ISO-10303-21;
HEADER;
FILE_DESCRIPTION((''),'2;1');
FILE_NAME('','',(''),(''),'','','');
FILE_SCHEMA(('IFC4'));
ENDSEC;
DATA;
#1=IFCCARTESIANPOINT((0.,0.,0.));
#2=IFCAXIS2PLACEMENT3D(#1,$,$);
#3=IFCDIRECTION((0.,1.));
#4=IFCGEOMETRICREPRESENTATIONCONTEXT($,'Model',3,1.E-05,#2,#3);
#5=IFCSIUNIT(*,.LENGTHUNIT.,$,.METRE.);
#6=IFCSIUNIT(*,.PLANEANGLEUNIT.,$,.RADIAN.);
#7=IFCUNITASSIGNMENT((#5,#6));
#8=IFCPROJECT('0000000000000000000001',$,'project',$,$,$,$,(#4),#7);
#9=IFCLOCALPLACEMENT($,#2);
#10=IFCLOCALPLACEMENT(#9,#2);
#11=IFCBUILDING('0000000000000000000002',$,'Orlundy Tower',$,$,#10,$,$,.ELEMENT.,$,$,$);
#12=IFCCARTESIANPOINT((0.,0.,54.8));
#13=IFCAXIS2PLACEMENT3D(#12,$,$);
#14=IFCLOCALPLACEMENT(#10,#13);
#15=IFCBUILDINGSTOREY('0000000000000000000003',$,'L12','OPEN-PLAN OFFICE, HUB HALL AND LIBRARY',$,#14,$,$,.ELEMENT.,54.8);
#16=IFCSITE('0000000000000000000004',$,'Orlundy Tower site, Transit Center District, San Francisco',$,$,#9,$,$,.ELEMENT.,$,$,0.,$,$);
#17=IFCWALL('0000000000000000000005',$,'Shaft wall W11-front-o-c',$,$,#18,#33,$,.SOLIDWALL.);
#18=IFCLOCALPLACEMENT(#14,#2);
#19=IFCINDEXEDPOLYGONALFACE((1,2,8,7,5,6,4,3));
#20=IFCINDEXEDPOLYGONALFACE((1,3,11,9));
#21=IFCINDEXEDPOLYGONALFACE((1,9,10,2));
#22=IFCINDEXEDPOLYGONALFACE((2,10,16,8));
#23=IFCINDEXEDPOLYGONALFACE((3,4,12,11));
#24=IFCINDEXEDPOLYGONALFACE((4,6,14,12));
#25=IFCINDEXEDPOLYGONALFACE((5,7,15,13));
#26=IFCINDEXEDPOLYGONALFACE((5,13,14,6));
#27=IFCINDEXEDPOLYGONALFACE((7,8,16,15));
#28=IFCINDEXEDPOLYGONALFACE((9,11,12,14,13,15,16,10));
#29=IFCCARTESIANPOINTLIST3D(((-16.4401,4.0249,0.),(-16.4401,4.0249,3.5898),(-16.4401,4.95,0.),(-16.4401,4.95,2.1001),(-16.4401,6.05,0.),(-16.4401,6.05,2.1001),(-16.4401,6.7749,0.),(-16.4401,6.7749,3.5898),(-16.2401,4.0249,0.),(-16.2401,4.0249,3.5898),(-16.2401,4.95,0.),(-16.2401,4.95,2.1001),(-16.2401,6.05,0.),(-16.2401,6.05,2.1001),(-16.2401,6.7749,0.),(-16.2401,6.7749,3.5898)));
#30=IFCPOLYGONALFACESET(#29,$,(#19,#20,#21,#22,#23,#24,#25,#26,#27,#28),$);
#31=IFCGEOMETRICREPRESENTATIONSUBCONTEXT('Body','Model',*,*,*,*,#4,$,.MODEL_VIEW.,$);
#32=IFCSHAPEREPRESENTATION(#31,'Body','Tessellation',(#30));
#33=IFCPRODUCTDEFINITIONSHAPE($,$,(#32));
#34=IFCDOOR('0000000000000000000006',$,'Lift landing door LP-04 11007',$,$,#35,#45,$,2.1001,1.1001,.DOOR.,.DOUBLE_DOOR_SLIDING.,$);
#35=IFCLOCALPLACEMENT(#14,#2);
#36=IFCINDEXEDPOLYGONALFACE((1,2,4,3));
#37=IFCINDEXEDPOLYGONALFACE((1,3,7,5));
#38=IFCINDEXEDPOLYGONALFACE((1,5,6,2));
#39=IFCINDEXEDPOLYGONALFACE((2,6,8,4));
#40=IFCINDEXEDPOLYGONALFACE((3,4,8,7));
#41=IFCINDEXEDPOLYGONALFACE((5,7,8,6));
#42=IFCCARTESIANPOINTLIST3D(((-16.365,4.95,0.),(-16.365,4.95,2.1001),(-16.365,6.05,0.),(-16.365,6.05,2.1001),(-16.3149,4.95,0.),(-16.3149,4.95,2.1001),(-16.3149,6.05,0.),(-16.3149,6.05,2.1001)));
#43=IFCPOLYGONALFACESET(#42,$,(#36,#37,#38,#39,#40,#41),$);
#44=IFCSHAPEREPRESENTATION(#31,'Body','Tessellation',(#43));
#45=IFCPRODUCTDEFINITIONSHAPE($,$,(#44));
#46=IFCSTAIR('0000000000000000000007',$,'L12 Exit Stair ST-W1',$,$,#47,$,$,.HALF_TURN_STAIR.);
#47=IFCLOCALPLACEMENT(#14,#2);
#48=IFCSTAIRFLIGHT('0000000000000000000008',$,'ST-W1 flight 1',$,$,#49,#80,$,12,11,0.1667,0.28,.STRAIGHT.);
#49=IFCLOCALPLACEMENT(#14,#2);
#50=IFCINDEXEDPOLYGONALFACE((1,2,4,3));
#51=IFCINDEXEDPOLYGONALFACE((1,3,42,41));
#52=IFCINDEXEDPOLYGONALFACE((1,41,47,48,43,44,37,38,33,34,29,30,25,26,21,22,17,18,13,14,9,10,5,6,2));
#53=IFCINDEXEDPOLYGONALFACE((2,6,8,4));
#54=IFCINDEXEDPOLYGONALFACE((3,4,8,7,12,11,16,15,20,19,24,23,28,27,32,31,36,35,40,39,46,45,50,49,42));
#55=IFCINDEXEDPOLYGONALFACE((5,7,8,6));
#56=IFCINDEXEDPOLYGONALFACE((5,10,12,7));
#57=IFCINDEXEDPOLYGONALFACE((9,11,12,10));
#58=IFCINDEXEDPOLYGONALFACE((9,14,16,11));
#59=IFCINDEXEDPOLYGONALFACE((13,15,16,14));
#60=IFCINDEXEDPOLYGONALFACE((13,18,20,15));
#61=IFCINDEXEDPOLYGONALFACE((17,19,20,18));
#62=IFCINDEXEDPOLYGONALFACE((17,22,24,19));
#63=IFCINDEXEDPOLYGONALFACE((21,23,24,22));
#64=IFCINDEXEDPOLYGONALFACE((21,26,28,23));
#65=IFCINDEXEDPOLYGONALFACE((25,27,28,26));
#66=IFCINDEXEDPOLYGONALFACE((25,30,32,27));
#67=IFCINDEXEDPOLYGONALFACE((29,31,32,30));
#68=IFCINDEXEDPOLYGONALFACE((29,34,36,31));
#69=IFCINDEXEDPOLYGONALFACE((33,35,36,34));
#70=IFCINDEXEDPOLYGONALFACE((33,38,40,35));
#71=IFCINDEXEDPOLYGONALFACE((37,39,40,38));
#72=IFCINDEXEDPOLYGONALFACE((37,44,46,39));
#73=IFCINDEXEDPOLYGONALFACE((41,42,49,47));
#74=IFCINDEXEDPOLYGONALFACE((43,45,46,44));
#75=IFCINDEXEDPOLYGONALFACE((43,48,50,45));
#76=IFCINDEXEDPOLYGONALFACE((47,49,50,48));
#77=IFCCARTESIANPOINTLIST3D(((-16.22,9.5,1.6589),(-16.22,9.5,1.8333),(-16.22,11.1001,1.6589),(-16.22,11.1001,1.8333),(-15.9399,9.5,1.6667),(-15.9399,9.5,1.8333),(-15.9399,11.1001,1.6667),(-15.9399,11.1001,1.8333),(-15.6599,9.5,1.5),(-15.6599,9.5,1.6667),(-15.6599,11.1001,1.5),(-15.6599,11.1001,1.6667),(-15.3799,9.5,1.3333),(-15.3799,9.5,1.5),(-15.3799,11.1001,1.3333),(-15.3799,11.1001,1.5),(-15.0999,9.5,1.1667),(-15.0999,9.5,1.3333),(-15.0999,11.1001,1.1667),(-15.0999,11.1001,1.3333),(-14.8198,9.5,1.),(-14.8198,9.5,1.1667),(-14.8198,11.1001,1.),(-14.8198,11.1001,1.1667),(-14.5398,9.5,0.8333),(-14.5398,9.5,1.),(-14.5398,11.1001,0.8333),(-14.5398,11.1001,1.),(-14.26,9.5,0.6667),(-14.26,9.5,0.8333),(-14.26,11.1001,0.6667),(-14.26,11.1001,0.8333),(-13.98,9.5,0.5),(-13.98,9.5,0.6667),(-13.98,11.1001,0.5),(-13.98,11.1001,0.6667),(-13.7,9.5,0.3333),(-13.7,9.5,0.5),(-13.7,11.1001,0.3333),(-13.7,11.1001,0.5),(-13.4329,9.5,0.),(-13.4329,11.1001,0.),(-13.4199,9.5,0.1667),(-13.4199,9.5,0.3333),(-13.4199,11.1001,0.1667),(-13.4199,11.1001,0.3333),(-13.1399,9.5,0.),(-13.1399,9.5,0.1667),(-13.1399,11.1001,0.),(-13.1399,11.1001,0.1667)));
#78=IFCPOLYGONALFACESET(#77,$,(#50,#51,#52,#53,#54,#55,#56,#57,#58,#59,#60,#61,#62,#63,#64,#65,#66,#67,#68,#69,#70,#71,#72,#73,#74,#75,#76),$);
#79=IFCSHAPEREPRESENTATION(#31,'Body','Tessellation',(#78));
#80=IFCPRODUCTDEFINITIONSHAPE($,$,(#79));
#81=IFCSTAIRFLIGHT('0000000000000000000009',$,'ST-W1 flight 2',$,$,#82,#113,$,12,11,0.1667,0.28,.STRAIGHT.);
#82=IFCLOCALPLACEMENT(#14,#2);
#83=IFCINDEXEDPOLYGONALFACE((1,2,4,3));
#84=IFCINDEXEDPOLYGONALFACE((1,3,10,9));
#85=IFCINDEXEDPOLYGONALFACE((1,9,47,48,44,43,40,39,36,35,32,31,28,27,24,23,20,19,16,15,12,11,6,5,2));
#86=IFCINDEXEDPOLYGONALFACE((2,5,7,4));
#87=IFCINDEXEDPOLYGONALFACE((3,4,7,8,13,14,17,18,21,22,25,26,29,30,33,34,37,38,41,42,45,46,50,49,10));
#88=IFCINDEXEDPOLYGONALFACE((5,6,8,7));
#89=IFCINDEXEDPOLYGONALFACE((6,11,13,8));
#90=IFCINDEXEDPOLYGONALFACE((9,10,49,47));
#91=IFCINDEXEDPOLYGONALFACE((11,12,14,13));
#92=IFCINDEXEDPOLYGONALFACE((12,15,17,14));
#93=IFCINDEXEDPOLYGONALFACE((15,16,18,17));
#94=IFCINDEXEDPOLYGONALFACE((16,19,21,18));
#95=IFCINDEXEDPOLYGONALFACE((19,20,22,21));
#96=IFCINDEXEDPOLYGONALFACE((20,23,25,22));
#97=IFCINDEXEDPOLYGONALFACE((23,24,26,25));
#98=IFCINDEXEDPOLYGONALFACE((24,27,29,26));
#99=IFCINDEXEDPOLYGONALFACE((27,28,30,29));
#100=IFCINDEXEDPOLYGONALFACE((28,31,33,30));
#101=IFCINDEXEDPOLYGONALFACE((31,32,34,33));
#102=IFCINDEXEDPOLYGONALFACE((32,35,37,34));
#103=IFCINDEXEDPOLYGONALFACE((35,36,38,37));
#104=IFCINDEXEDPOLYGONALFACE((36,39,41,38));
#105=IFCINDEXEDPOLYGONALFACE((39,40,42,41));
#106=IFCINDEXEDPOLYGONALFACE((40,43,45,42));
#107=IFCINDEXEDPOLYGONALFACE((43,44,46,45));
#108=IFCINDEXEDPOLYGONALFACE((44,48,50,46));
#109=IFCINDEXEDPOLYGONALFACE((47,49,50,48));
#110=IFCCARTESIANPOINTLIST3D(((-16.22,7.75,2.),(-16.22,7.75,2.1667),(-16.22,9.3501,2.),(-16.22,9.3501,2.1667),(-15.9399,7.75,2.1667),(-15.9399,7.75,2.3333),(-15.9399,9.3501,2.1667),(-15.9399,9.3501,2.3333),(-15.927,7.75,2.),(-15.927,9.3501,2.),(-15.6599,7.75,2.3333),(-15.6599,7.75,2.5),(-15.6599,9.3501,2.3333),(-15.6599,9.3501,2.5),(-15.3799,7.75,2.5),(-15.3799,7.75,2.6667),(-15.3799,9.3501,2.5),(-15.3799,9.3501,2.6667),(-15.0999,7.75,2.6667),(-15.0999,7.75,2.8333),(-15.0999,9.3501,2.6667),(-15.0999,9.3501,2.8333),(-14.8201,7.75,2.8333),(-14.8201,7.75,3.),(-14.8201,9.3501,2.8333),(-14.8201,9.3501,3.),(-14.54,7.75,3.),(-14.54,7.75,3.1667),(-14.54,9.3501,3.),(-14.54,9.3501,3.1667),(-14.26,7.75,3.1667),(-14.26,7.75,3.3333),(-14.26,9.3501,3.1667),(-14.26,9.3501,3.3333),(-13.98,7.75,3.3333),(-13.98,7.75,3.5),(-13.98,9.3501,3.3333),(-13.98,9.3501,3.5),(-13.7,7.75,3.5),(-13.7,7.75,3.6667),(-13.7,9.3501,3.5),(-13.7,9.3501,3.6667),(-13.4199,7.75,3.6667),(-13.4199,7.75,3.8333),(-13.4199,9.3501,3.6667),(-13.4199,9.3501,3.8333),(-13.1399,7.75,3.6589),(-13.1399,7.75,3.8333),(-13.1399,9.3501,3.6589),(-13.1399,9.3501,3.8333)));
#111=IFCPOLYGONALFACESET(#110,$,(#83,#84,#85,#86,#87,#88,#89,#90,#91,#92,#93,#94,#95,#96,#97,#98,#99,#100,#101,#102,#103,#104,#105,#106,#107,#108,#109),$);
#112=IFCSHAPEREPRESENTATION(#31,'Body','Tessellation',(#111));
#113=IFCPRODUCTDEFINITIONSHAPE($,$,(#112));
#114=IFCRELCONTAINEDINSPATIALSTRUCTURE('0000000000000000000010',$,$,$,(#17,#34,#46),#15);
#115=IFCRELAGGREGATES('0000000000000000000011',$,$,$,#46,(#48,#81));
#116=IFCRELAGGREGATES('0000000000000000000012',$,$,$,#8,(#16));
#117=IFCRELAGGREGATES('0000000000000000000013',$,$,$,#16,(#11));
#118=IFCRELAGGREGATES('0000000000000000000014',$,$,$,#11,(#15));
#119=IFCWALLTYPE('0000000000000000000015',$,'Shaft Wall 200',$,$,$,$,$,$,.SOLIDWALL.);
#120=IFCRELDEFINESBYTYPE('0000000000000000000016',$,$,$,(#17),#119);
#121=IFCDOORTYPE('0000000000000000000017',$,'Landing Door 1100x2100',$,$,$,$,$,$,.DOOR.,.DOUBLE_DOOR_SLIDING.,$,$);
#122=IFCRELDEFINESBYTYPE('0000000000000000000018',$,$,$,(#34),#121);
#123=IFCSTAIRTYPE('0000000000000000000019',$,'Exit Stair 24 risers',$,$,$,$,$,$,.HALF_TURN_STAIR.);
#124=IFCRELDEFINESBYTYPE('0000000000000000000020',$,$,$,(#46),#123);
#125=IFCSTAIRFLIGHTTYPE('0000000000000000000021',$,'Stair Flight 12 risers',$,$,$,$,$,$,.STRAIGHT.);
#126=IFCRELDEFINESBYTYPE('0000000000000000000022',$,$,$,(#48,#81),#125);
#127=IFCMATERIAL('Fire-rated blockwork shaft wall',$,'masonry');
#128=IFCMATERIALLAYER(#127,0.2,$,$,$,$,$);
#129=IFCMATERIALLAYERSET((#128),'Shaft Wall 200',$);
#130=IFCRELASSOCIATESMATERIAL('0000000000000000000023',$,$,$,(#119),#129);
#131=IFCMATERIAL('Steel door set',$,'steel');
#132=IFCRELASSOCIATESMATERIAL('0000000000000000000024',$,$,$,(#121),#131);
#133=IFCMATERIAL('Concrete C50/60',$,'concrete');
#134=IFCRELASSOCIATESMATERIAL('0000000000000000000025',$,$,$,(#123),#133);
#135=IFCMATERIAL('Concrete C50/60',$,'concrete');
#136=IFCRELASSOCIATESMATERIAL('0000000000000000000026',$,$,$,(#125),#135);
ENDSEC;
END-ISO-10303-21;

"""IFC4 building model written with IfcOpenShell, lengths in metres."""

from ifc_helpers import new_model, si_unit, direction, frame, frame_2d, origin, place, context, subcontext, project, spatial, polyline, rectangle, outline, extrude, material, layer, layer_set, type_object, element, fill, aggregate, save


model = new_model("IFC4")

# Units and contexts
model_context = context("Model", 3, precision=1e-05, world=origin(), true_north=direction((0.0, 1.0)))
body_context = subcontext(model_context, "Body", "Model", "MODEL_VIEW")
ifc_project = project(units=[si_unit("LENGTHUNIT", "METRE"), si_unit("PLANEANGLEUNIT", "RADIAN")], contexts=[model_context])

# Site, building, storey
site_placement = place(None, origin())
site = spatial("IfcSite", under=ifc_project, at=site_placement, Name="Orlundy Tower site, Transit Center District, San Francisco", CompositionType="ELEMENT", RefElevation=0.0)
building_placement = place(site_placement, origin())
building = spatial("IfcBuilding", under=site, at=building_placement, Name="Orlundy Tower", CompositionType="ELEMENT")
storey_placement = place(building_placement, frame((0.0, 0.0, 54.8)))
storey = spatial("IfcBuildingStorey", under=building, at=storey_placement, Name="L12", Description="OPEN-PLAN OFFICE, HUB HALL AND LIBRARY", CompositionType="ELEMENT", Elevation=54.8)

# Shared definitions
ifc_material_1 = material(Name="Fire-rated blockwork shaft wall", Category="masonry")
ifc_layer_1 = layer(ifc_material_1, 0.2)
ifc_layer_set_1 = layer_set([ifc_layer_1], Name="Shaft Wall 200")
wall_type_1 = type_object("IfcWallType", Name="Shaft Wall 200", PredefinedType="SOLIDWALL", material=ifc_layer_set_1)

# Wall, opening, door
wall_1_placement = place(storey_placement, frame((-16.3401, 4.0249, 0.0), z_axis=(0.0, 0.0, 1.0), x_axis=(0.0, 1.0, 0.0)))
wall_1 = element("IfcWall", 1, at=wall_1_placement, inside=storey, type_object=wall_type_1, Name="Shaft wall W11-front-o-c", PredefinedType="SOLIDWALL", context=body_context, shape_type="SweptSolid", body=[
    extrude(rectangle(XDim=2.75, YDim=0.2, at=frame_2d((1.375, 0.0))), origin(), (0.0, 0.0, 1.0), 3.5898),
])
opening_1_placement = place(wall_1_placement, frame((0.925, 0.0, 0.0)))
opening_1 = element("IfcOpeningElement", 2, at=opening_1_placement, cuts=wall_1, PredefinedType="OPENING", context=body_context, shape_type="SweptSolid", body=[
    extrude(rectangle(XDim=1.1001, YDim=2.1001, at=frame_2d((0.55, 1.05))), frame((0.0, 0.1101, 0.0), z_axis=(0.0, -1.0, 0.0), x_axis=(1.0, 0.0, 0.0)), (0.0, 0.0, 1.0), 0.2202),
])
ifc_material_2 = material(Name="Steel door set", Category="steel")
door_type_1 = type_object("IfcDoorType", Name="Landing Door 1100x2100", OperationType="DOUBLE_DOOR_SLIDING", PredefinedType="DOOR", material=ifc_material_2)
door_1_placement = place(opening_1_placement, origin())
door_1 = element("IfcDoor", 3, at=door_1_placement, inside=storey, type_object=door_type_1, Name="Lift landing door LP-04 11007", OperationType="DOUBLE_DOOR_SLIDING", OverallHeight=2.1001, OverallWidth=1.1001, PredefinedType="DOOR", context=body_context, shape_type="SweptSolid", body=[
    extrude(rectangle(XDim=1.1001, YDim=2.1001, at=frame_2d((0.55, 1.05))), frame((0.0, 0.0249, 0.0), z_axis=(0.0, -1.0, 0.0), x_axis=(1.0, 0.0, 0.0)), (0.0, 0.0, 1.0), 0.05),
])
fill(opening_1, door_1)

# Stair, stair flights
ifc_material_3 = material(Name="Concrete C50/60", Category="concrete")
stair_type = type_object("IfcStairType", Name="Exit Stair 24 risers", PredefinedType="HALF_TURN_STAIR", material=ifc_material_3)
stair_placement = place(storey_placement, origin())
stair = element("IfcStair", 4, at=stair_placement, inside=storey, type_object=stair_type, Name="L12 Exit Stair ST-W1", PredefinedType="HALF_TURN_STAIR")
ifc_material_4 = material(Name="Concrete C50/60", Category="concrete")
stair_flight_type = type_object("IfcStairFlightType", Name="Stair Flight 12 risers", PredefinedType="STRAIGHT", material=ifc_material_4)
stair_flight_1_placement = place(storey_placement, frame((-13.1399, 10.3, 0.0), z_axis=(0.0, 0.0, 1.0), x_axis=(-1.0, 0.0, 0.0)))
stair_flight_1 = element("IfcStairFlight", 5, at=stair_flight_1_placement, type_object=stair_flight_type, Name="ST-W1 flight 1", NumberOfRisers=12, NumberOfTreads=11, PredefinedType="STRAIGHT", RiserHeight=0.1667, TreadLength=0.28, context=body_context, shape_type="SweptSolid", body=[
    extrude(outline(polyline([(0.0, 0.0), (0.0, 0.1667), (0.28, 0.1667), (0.28, 0.3333), (0.5601, 0.3333), (0.5601, 0.5), (0.8401, 0.5), (0.8401, 0.6667), (1.1201, 0.6667), (1.1201, 0.8333), (1.3999, 0.8333), (1.3999, 1.0), (1.6799, 1.0), (1.6799, 1.1667), (1.96, 1.1667), (1.96, 1.3333), (2.24, 1.3333), (2.24, 1.5), (2.52, 1.5), (2.52, 1.6667), (2.8, 1.6667), (2.8, 1.8333), (3.0801, 1.8333), (3.0801, 2.0), (3.0801, 1.6589), (0.293, 0.0), (0.0, 0.0)])), frame((0.0, 0.8, 0.0), z_axis=(0.0, -1.0, 0.0), x_axis=(1.0, 0.0, 0.0)), (0.0, 0.0, 1.0), 1.6001),
])
stair_flight_2_placement = place(storey_placement, frame((-16.22, 8.55, 2.0), z_axis=(0.0, 0.0, 1.0), x_axis=(1.0, 0.0, 0.0)))
stair_flight_2 = element("IfcStairFlight", 6, at=stair_flight_2_placement, type_object=stair_flight_type, Name="ST-W1 flight 2", NumberOfRisers=12, NumberOfTreads=11, PredefinedType="STRAIGHT", RiserHeight=0.1667, TreadLength=0.28, context=body_context, shape_type="SweptSolid", body=[
    extrude(outline(polyline([(0.0, 0.0), (0.0, 0.1667), (0.28, 0.1667), (0.28, 0.3333), (0.5601, 0.3333), (0.5601, 0.5), (0.8401, 0.5), (0.8401, 0.6667), (1.1201, 0.6667), (1.1201, 0.8333), (1.3999, 0.8333), (1.3999, 1.0), (1.6799, 1.0), (1.6799, 1.1667), (1.96, 1.1667), (1.96, 1.3333), (2.24, 1.3333), (2.24, 1.5), (2.52, 1.5), (2.52, 1.6667), (2.8, 1.6667), (2.8, 1.8333), (3.0801, 1.8333), (3.0801, 2.0), (3.0801, 1.6589), (0.293, 0.0), (0.0, 0.0)])), frame((0.0, 0.8, 0.0), z_axis=(0.0, -1.0, 0.0), x_axis=(1.0, 0.0, 0.0)), (0.0, 0.0, 1.0), 1.6001),
])
aggregate(stair, [stair_flight_1, stair_flight_2])

save(model, "model.ifc")
